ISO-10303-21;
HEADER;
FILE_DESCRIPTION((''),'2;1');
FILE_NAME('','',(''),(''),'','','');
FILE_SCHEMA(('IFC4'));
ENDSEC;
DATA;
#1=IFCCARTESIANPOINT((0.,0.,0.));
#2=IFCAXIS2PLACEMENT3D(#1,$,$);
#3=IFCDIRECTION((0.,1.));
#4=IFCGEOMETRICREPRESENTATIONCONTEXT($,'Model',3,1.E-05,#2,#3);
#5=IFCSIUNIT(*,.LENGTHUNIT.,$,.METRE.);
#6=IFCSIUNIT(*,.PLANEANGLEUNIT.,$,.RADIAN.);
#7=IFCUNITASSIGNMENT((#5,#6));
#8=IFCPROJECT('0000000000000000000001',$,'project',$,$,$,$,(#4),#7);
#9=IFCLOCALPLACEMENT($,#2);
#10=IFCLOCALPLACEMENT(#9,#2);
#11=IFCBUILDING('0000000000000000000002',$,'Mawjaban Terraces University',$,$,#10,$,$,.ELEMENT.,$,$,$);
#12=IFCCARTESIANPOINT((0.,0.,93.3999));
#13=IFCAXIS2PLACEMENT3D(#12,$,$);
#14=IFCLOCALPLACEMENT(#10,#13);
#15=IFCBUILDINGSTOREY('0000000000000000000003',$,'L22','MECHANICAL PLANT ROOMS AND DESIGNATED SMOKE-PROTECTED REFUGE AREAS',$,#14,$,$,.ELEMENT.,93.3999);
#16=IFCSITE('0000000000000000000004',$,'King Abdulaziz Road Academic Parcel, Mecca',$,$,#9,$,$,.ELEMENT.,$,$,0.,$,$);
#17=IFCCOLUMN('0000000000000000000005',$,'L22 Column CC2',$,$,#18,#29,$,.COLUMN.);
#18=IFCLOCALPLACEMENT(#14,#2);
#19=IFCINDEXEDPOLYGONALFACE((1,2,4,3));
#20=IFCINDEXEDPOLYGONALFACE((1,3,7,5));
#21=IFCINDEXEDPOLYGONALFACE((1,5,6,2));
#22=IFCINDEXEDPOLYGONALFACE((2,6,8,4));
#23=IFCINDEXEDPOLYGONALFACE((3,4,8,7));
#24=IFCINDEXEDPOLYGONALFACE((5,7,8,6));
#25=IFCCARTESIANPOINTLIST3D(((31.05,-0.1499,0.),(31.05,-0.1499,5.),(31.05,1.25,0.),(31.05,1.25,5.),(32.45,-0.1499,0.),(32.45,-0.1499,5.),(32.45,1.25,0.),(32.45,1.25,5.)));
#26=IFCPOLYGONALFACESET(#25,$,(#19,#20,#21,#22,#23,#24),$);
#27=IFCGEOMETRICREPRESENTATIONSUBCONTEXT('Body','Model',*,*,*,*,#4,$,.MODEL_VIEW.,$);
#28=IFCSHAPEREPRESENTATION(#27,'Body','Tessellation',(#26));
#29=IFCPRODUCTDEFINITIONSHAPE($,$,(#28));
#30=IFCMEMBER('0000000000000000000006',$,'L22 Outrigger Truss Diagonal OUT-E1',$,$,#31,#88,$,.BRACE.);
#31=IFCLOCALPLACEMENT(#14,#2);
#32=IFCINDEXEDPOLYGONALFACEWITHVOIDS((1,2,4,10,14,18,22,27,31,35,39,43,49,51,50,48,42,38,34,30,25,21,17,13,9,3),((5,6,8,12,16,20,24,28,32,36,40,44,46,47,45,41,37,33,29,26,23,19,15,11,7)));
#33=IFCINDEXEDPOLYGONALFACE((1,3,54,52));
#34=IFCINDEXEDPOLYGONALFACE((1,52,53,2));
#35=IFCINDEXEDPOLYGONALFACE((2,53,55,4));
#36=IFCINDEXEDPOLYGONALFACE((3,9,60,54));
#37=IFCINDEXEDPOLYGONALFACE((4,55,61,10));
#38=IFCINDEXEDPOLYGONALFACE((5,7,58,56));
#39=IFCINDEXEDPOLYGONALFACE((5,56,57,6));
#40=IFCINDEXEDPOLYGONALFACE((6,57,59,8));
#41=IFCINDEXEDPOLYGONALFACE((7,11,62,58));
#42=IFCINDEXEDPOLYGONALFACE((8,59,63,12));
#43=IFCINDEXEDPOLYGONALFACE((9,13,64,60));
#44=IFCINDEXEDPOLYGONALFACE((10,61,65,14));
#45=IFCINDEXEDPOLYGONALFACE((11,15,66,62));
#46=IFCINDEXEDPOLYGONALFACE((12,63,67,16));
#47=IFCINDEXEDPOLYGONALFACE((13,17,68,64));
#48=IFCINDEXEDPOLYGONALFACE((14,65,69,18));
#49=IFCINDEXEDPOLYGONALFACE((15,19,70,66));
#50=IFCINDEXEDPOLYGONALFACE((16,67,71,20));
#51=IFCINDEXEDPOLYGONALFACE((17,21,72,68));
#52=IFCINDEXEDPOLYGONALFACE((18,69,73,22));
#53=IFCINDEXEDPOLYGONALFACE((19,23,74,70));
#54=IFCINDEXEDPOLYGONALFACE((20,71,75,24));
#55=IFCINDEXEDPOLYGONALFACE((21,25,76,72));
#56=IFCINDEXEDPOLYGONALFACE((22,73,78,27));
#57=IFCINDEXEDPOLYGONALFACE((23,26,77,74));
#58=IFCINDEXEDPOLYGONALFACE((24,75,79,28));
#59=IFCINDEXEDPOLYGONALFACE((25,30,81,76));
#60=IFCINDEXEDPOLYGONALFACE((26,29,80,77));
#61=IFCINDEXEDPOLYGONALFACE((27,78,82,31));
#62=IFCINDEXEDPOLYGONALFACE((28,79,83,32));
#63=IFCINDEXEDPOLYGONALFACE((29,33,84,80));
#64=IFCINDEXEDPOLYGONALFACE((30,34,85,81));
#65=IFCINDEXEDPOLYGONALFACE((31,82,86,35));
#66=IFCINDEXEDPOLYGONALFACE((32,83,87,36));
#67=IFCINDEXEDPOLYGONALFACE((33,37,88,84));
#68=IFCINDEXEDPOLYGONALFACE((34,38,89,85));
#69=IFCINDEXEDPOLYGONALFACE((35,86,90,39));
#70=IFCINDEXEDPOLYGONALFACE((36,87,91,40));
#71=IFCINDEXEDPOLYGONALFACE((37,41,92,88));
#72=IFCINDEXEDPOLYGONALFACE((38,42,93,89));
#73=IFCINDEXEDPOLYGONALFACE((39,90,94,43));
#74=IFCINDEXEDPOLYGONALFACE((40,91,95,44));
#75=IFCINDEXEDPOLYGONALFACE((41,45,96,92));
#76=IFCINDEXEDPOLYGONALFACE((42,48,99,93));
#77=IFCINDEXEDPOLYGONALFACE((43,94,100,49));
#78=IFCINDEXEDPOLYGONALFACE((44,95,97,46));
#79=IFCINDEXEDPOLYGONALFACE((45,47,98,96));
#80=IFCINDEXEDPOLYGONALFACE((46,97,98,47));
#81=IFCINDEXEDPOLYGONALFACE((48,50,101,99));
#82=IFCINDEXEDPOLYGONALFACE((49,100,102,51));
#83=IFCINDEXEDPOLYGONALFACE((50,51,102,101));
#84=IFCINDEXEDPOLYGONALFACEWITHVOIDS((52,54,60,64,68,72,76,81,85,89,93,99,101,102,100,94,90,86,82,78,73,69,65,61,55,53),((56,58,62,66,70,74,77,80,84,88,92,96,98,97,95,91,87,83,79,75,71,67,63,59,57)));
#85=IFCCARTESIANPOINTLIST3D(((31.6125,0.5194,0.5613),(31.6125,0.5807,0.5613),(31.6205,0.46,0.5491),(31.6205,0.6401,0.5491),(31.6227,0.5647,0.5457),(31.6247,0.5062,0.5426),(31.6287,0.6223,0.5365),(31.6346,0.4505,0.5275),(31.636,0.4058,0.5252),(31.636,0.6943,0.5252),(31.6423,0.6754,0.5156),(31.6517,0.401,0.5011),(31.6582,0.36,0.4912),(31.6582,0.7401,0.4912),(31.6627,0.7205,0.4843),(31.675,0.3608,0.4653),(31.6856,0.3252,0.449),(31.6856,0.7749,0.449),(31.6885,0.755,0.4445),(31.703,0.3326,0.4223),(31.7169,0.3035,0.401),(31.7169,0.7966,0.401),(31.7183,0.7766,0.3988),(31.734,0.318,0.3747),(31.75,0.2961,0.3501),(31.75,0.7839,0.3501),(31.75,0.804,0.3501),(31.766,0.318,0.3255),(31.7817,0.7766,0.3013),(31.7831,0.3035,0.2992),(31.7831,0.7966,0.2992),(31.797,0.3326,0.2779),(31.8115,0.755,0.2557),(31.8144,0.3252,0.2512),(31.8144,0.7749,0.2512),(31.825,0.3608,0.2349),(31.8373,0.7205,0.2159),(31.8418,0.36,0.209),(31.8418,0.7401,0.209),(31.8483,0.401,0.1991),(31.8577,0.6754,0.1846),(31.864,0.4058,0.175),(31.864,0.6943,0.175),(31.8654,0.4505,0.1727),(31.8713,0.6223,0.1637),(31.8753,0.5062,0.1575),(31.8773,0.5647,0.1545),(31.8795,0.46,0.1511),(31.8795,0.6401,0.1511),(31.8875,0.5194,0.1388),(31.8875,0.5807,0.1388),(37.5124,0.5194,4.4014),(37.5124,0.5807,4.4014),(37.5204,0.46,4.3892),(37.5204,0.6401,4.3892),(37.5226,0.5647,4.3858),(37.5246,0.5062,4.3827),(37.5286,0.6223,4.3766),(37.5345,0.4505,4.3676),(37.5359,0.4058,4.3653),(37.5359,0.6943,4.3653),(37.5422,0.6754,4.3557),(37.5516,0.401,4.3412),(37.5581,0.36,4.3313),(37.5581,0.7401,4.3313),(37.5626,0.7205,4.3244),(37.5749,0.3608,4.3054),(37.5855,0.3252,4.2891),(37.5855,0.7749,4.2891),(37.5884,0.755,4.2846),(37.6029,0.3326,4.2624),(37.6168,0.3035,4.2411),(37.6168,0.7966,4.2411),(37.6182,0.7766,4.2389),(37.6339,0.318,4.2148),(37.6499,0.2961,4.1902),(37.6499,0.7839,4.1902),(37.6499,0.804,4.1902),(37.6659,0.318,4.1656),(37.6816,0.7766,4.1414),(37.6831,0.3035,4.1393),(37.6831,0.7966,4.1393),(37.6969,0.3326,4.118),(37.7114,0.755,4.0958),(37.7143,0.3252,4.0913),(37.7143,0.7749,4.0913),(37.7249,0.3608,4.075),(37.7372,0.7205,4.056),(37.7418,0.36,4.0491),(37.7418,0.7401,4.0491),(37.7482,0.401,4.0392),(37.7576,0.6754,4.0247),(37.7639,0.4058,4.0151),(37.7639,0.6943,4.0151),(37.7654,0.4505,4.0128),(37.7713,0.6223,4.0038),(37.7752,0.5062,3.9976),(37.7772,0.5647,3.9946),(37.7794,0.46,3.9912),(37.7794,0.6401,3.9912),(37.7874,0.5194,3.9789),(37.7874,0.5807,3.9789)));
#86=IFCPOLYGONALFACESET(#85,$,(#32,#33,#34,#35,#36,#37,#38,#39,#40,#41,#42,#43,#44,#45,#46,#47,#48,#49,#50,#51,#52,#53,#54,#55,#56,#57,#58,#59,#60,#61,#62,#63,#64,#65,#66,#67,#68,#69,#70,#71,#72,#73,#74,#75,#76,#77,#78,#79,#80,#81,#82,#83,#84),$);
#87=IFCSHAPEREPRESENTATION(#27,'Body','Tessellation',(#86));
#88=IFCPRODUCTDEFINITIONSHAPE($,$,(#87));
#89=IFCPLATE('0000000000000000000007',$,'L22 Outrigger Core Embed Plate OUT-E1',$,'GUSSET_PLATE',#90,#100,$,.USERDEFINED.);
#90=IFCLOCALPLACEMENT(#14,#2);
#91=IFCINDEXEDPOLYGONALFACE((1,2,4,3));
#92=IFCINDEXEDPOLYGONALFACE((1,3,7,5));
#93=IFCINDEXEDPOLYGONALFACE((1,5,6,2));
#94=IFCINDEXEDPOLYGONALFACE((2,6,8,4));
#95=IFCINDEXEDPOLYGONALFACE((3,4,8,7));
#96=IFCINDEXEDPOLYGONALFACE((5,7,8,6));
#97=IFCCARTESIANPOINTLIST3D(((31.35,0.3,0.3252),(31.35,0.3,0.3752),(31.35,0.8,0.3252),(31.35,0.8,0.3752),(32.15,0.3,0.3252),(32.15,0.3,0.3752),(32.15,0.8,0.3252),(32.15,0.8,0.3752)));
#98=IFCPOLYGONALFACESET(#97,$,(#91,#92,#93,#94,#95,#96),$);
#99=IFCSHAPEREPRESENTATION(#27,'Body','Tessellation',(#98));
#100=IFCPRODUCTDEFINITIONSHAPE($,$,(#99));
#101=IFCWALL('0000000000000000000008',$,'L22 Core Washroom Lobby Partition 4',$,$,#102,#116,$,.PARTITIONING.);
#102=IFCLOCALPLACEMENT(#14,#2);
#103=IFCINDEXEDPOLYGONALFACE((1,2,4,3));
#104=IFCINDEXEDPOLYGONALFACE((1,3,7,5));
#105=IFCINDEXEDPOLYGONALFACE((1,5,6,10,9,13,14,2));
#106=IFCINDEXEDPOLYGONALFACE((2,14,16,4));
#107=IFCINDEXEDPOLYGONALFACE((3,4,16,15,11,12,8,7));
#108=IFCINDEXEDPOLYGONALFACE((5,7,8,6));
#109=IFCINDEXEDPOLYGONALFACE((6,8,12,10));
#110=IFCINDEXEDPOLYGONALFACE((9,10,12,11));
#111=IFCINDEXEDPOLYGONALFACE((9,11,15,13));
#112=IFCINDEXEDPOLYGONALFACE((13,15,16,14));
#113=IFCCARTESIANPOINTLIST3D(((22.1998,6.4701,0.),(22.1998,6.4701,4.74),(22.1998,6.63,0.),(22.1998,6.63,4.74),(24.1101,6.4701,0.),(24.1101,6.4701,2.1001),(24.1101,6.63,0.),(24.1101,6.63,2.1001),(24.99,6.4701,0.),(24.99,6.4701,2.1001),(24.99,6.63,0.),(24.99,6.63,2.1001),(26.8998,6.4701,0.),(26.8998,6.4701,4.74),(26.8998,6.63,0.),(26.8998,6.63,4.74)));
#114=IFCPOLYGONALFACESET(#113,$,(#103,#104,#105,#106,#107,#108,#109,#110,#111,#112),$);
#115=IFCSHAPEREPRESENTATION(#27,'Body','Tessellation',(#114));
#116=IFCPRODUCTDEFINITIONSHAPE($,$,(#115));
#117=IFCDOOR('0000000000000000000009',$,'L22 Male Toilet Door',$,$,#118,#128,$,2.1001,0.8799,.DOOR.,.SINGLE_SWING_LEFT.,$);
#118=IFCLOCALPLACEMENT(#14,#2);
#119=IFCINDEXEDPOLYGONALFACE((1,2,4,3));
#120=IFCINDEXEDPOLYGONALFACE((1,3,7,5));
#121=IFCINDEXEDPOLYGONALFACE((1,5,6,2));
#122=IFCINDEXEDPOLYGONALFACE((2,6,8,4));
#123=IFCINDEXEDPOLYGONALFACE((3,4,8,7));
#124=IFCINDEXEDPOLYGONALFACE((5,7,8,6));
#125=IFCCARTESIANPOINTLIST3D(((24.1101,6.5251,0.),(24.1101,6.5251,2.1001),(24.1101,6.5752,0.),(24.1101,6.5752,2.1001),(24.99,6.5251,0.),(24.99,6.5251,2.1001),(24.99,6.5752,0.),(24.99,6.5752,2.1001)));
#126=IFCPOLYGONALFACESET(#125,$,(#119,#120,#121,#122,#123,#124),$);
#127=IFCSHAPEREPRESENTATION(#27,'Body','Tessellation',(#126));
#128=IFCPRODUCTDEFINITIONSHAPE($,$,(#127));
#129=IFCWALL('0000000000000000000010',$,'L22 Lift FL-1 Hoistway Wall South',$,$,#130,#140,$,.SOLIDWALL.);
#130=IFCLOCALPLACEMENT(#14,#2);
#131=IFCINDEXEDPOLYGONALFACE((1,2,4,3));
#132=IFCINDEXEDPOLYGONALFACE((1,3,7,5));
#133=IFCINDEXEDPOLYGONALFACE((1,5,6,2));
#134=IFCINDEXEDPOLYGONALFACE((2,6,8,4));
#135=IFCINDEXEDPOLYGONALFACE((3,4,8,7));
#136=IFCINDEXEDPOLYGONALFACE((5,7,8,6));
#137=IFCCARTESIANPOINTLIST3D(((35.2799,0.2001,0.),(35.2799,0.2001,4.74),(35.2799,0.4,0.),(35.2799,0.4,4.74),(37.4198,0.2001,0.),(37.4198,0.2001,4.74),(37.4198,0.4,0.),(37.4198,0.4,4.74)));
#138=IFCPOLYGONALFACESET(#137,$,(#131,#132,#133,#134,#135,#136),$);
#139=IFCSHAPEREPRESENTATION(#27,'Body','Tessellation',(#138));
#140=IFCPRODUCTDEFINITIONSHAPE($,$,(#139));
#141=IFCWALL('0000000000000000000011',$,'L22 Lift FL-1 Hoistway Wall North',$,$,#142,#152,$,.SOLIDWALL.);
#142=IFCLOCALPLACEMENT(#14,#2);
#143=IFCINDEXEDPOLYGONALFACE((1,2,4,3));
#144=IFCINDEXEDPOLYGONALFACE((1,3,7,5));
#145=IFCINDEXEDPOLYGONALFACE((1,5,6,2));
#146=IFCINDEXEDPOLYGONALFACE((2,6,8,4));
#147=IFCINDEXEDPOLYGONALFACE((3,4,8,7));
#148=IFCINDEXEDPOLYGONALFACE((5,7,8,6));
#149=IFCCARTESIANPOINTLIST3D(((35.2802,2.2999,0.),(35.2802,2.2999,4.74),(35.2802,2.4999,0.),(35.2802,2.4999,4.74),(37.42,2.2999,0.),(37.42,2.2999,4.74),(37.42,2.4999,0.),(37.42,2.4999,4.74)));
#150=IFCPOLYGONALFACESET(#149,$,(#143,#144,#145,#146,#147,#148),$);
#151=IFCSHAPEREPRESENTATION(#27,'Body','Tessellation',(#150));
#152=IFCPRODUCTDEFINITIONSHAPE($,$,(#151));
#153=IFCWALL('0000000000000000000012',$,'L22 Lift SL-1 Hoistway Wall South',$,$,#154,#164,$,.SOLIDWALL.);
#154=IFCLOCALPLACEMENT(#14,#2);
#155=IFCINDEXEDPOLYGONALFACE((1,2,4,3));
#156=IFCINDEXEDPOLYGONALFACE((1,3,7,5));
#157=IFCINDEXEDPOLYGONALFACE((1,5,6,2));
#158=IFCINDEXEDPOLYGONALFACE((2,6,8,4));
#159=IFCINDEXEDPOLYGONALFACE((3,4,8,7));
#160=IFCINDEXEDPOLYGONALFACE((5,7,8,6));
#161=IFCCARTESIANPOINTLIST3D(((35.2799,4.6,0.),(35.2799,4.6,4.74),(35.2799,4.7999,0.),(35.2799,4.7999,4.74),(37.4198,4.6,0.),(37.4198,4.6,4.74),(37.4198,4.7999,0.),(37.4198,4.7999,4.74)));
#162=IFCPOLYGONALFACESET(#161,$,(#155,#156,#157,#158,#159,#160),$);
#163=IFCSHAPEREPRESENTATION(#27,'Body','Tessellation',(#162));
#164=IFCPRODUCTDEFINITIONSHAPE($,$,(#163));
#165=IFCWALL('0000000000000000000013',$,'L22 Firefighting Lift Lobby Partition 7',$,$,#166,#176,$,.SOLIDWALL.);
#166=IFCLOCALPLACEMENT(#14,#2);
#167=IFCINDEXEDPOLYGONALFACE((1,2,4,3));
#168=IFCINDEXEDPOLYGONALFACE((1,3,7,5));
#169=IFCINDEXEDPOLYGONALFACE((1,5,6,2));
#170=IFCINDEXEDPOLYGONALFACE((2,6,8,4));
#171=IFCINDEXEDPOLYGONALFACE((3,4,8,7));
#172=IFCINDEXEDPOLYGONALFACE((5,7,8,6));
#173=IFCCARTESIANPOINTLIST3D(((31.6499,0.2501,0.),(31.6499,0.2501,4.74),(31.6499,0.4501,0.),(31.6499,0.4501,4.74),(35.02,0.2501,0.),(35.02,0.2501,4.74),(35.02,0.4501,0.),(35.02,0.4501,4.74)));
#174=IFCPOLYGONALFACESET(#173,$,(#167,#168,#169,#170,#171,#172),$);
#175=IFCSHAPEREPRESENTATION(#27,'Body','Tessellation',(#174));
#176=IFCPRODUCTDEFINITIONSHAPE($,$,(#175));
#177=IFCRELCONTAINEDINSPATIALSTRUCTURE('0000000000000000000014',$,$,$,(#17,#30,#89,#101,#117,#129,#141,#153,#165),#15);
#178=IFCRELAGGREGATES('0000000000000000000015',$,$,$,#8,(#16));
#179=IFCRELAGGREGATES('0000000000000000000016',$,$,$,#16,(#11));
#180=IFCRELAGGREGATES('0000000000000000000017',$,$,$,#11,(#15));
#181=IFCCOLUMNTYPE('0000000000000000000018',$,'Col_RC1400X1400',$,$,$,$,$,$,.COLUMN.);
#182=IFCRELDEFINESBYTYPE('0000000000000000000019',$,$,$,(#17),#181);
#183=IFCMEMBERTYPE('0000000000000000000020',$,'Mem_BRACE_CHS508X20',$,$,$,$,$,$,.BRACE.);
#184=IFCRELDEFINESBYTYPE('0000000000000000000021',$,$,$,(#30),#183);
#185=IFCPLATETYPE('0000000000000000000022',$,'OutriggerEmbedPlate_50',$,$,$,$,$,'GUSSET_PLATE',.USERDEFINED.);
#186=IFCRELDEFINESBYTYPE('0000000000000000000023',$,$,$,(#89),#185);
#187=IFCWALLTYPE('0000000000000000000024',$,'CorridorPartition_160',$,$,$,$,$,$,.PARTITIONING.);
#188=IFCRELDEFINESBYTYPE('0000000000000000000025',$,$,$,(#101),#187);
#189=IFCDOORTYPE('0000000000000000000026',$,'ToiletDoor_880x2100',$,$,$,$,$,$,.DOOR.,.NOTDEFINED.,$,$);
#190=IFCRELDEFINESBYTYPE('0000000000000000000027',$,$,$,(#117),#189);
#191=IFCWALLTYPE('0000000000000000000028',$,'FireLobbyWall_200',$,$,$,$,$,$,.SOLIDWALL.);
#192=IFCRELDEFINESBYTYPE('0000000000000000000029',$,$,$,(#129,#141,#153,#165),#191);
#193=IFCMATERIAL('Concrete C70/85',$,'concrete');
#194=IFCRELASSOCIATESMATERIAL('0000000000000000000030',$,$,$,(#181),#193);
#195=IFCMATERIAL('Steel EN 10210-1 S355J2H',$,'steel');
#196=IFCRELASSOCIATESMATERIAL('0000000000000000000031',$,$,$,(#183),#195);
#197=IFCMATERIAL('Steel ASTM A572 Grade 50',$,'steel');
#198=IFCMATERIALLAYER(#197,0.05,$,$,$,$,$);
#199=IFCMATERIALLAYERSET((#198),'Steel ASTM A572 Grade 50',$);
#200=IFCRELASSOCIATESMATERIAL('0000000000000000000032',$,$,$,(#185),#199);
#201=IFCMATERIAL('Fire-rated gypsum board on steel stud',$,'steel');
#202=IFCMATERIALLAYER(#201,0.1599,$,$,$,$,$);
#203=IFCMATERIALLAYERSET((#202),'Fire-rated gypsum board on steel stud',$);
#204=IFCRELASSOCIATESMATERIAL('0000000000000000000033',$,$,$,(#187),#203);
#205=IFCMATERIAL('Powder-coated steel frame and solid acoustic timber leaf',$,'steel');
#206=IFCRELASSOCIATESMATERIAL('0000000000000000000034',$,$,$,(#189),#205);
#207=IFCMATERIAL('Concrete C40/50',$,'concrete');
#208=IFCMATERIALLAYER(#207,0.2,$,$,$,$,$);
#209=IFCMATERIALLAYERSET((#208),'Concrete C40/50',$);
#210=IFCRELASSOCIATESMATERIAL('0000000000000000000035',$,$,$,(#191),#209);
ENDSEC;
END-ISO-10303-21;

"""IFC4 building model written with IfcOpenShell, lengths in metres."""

from ifc_helpers import new_model, si_unit, direction, frame, frame_2d, origin, origin_2d, place, context, subcontext, project, spatial, rectangle, hollow_circle, extrude, material, layer, layer_set, material_profile, profile_set, type_object, element, fill, save


model = new_model("IFC4")

# Units and contexts
model_context = context("Model", 3, precision=1e-05, world=origin(), true_north=direction((0.0, 1.0)))
body_context = subcontext(model_context, "Body", "Model", "MODEL_VIEW")
ifc_project = project(units=[si_unit("LENGTHUNIT", "METRE"), si_unit("PLANEANGLEUNIT", "RADIAN")], contexts=[model_context])

# Site, building, storey
site_placement = place(None, origin())
site = spatial("IfcSite", under=ifc_project, at=site_placement, Name="King Abdulaziz Road Academic Parcel, Mecca", CompositionType="ELEMENT", RefElevation=0.0)
building_placement = place(site_placement, origin())
building = spatial("IfcBuilding", under=site, at=building_placement, Name="Mawjaban Terraces University", CompositionType="ELEMENT")
storey_placement = place(building_placement, frame((0.0, 0.0, 93.3999)))
storey = spatial("IfcBuildingStorey", under=building, at=storey_placement, Name="L22", Description="MECHANICAL PLANT ROOMS AND DESIGNATED SMOKE-PROTECTED REFUGE AREAS", CompositionType="ELEMENT", Elevation=93.3999)

# Column
ifc_material_1 = material(Name="Concrete C70/85", Category="concrete")
ifc_material_profile_1 = material_profile(ifc_material_1, rectangle(XDim=1.3999, YDim=1.3999, at=origin_2d()), Name="RC1400X1400")
ifc_profile_set_1 = profile_set([ifc_material_profile_1], Name="Concrete C70/85")
column_type = type_object("IfcColumnType", Name="Col_RC1400X1400", PredefinedType="COLUMN", material=ifc_profile_set_1)
column_placement = place(storey_placement, frame((31.75, 0.55, 0.0), z_axis=(0.0, 0.0, 1.0), x_axis=(1.0, 0.0, 0.0)))
element("IfcColumn", 1, at=column_placement, inside=storey, type_object=column_type, Name="L22 Column CC2", PredefinedType="COLUMN", context=body_context, shape_type="SweptSolid", body=[
    extrude(rectangle(XDim=1.3999, YDim=1.3999, at=origin_2d()), origin(), (0.0, 0.0, 1.0), 5.0),
])

# Member
ifc_material_2 = material(Name="Steel EN 10210-1 S355J2H", Category="steel")
ifc_material_profile_2 = material_profile(ifc_material_2, hollow_circle(Radius=0.2539, WallThickness=0.02, at=origin_2d()), Name="CHS508X20")
ifc_profile_set_2 = profile_set([ifc_material_profile_2], Name="Steel EN 10210-1 S355J2H")
member_type = type_object("IfcMemberType", Name="Mem_BRACE_CHS508X20", PredefinedType="BRACE", material=ifc_profile_set_2)
member_placement = place(storey_placement, frame((31.75, 0.55, 0.3501), z_axis=(0.838109, 0.0, 0.545503), x_axis=(0.0, 1.0, 0.0)))
element("IfcMember", 2, at=member_placement, inside=storey, type_object=member_type, Name="L22 Outrigger Truss Diagonal OUT-E1", PredefinedType="BRACE", context=body_context, shape_type="SweptSolid", body=[
    extrude(hollow_circle(Radius=0.2539, WallThickness=0.02, at=origin_2d()), origin(), (0.0, 0.0, 1.0), 7.0396),
])

# Plate
ifc_material_3 = material(Name="Steel ASTM A572 Grade 50", Category="steel")
ifc_layer_1 = layer(ifc_material_3, 0.05)
ifc_layer_set_1 = layer_set([ifc_layer_1], Name="Steel ASTM A572 Grade 50")
plate_type = type_object("IfcPlateType", Name="OutriggerEmbedPlate_50", ElementType="GUSSET_PLATE", PredefinedType="USERDEFINED", material=ifc_layer_set_1)
plate_placement = place(storey_placement, frame((31.75, 0.55, 0.3252), z_axis=(0.0, 0.0, 1.0), x_axis=(1.0, 0.0, 0.0)))
element("IfcPlate", 3, at=plate_placement, inside=storey, type_object=plate_type, Name="L22 Outrigger Core Embed Plate OUT-E1", ObjectType="GUSSET_PLATE", PredefinedType="USERDEFINED", context=body_context, shape_type="SweptSolid", body=[
    extrude(rectangle(XDim=0.8, YDim=0.5, at=origin_2d()), origin(), (0.0, 0.0, 1.0), 0.05),
])

# Wall, opening, door
ifc_material_4 = material(Name="Fire-rated gypsum board on steel stud", Category="steel")
ifc_layer_2 = layer(ifc_material_4, 0.1599)
ifc_layer_set_2 = layer_set([ifc_layer_2], Name="Fire-rated gypsum board on steel stud")
wall_type_1 = type_object("IfcWallType", Name="CorridorPartition_160", PredefinedType="PARTITIONING", material=ifc_layer_set_2)
wall_1_placement = place(storey_placement, frame((26.8999, 6.55, 0.0), z_axis=(0.0, 0.0, 1.0), x_axis=(-1.0, 0.0, 0.0)))
wall_1 = element("IfcWall", 4, at=wall_1_placement, inside=storey, type_object=wall_type_1, Name="L22 Core Washroom Lobby Partition 4", PredefinedType="PARTITIONING", context=body_context, shape_type="SweptSolid", body=[
    extrude(rectangle(XDim=4.7, YDim=0.1599, at=frame_2d((2.3501, 0.0))), origin(), (0.0, 0.0, 1.0), 4.74),
])
opening_1_placement = place(wall_1_placement, frame((1.9099, 0.0, 0.0)))
opening_1 = element("IfcOpeningElement", 5, at=opening_1_placement, cuts=wall_1, PredefinedType="OPENING", context=body_context, shape_type="SweptSolid", body=[
    extrude(rectangle(XDim=0.8799, YDim=2.1001, at=frame_2d((0.4399, 1.05))), frame((0.0, 0.0898, 0.0), z_axis=(0.0, -1.0, 0.0), x_axis=(1.0, 0.0, 0.0)), (0.0, 0.0, 1.0), 0.1799),
])
ifc_material_5 = material(Name="Powder-coated steel frame and solid acoustic timber leaf", Category="steel")
door_type_1 = type_object("IfcDoorType", Name="ToiletDoor_880x2100", OperationType="NOTDEFINED", PredefinedType="DOOR", material=ifc_material_5)
door_1_placement = place(opening_1_placement, origin())
door_1 = element("IfcDoor", 6, at=door_1_placement, inside=storey, type_object=door_type_1, Name="L22 Male Toilet Door", OperationType="SINGLE_SWING_LEFT", OverallHeight=2.1001, OverallWidth=0.8799, PredefinedType="DOOR", context=body_context, shape_type="SweptSolid", body=[
    extrude(rectangle(XDim=0.8799, YDim=2.1001, at=frame_2d((0.4399, 1.05))), frame((0.0, 0.0249, 0.0), z_axis=(0.0, -1.0, 0.0), x_axis=(1.0, 0.0, 0.0)), (0.0, 0.0, 1.0), 0.05),
])
fill(opening_1, door_1)
ifc_material_6 = material(Name="Concrete C40/50", Category="concrete")
ifc_layer_3 = layer(ifc_material_6, 0.2)
ifc_layer_set_3 = layer_set([ifc_layer_3], Name="Concrete C40/50")
wall_type_2 = type_object("IfcWallType", Name="FireLobbyWall_200", PredefinedType="SOLIDWALL", material=ifc_layer_set_3)

# Walls
for number, where, z_axis, x_axis, name in (
    (7, (35.28, 0.3, 0.0), (0.0, 0.0, 1.0), (1.0, 0.0, 0.0), "L22 Lift FL-1 Hoistway Wall South"),
    (8, (37.4199, 2.3999, 0.0), (0.0, 0.0, 1.0), (-1.0, 0.0, 0.0), "L22 Lift FL-1 Hoistway Wall North"),
):
    element("IfcWall", number, at=place(storey_placement, frame(where, z_axis=z_axis, x_axis=x_axis)), inside=storey, type_object=wall_type_2, Name=name, PredefinedType="SOLIDWALL", context=body_context, shape_type="SweptSolid", body=[
        extrude(rectangle(XDim=2.1399, YDim=0.2, at=frame_2d((1.0698, 0.0))), origin(), (0.0, 0.0, 1.0), 4.74),
    ])

# Walls
wall_2_placement = place(storey_placement, frame((35.28, 4.7, 0.0), z_axis=(0.0, 0.0, 1.0), x_axis=(1.0, 0.0, 0.0)))
element("IfcWall", 9, at=wall_2_placement, inside=storey, type_object=wall_type_2, Name="L22 Lift SL-1 Hoistway Wall South", PredefinedType="SOLIDWALL", context=body_context, shape_type="SweptSolid", body=[
    extrude(rectangle(XDim=2.1399, YDim=0.2, at=frame_2d((1.0698, 0.0))), origin(), (0.0, 0.0, 1.0), 4.74),
])
wall_3_placement = place(storey_placement, frame((31.6499, 0.3501, 0.0), z_axis=(0.0, 0.0, 1.0), x_axis=(1.0, 0.0, 0.0)))
element("IfcWall", 10, at=wall_3_placement, inside=storey, type_object=wall_type_2, Name="L22 Firefighting Lift Lobby Partition 7", PredefinedType="SOLIDWALL", context=body_context, shape_type="SweptSolid", body=[
    extrude(rectangle(XDim=3.3701, YDim=0.2, at=frame_2d((1.6851, 0.0))), origin(), (0.0, 0.0, 1.0), 4.74),
])

save(model, "model.ifc")
